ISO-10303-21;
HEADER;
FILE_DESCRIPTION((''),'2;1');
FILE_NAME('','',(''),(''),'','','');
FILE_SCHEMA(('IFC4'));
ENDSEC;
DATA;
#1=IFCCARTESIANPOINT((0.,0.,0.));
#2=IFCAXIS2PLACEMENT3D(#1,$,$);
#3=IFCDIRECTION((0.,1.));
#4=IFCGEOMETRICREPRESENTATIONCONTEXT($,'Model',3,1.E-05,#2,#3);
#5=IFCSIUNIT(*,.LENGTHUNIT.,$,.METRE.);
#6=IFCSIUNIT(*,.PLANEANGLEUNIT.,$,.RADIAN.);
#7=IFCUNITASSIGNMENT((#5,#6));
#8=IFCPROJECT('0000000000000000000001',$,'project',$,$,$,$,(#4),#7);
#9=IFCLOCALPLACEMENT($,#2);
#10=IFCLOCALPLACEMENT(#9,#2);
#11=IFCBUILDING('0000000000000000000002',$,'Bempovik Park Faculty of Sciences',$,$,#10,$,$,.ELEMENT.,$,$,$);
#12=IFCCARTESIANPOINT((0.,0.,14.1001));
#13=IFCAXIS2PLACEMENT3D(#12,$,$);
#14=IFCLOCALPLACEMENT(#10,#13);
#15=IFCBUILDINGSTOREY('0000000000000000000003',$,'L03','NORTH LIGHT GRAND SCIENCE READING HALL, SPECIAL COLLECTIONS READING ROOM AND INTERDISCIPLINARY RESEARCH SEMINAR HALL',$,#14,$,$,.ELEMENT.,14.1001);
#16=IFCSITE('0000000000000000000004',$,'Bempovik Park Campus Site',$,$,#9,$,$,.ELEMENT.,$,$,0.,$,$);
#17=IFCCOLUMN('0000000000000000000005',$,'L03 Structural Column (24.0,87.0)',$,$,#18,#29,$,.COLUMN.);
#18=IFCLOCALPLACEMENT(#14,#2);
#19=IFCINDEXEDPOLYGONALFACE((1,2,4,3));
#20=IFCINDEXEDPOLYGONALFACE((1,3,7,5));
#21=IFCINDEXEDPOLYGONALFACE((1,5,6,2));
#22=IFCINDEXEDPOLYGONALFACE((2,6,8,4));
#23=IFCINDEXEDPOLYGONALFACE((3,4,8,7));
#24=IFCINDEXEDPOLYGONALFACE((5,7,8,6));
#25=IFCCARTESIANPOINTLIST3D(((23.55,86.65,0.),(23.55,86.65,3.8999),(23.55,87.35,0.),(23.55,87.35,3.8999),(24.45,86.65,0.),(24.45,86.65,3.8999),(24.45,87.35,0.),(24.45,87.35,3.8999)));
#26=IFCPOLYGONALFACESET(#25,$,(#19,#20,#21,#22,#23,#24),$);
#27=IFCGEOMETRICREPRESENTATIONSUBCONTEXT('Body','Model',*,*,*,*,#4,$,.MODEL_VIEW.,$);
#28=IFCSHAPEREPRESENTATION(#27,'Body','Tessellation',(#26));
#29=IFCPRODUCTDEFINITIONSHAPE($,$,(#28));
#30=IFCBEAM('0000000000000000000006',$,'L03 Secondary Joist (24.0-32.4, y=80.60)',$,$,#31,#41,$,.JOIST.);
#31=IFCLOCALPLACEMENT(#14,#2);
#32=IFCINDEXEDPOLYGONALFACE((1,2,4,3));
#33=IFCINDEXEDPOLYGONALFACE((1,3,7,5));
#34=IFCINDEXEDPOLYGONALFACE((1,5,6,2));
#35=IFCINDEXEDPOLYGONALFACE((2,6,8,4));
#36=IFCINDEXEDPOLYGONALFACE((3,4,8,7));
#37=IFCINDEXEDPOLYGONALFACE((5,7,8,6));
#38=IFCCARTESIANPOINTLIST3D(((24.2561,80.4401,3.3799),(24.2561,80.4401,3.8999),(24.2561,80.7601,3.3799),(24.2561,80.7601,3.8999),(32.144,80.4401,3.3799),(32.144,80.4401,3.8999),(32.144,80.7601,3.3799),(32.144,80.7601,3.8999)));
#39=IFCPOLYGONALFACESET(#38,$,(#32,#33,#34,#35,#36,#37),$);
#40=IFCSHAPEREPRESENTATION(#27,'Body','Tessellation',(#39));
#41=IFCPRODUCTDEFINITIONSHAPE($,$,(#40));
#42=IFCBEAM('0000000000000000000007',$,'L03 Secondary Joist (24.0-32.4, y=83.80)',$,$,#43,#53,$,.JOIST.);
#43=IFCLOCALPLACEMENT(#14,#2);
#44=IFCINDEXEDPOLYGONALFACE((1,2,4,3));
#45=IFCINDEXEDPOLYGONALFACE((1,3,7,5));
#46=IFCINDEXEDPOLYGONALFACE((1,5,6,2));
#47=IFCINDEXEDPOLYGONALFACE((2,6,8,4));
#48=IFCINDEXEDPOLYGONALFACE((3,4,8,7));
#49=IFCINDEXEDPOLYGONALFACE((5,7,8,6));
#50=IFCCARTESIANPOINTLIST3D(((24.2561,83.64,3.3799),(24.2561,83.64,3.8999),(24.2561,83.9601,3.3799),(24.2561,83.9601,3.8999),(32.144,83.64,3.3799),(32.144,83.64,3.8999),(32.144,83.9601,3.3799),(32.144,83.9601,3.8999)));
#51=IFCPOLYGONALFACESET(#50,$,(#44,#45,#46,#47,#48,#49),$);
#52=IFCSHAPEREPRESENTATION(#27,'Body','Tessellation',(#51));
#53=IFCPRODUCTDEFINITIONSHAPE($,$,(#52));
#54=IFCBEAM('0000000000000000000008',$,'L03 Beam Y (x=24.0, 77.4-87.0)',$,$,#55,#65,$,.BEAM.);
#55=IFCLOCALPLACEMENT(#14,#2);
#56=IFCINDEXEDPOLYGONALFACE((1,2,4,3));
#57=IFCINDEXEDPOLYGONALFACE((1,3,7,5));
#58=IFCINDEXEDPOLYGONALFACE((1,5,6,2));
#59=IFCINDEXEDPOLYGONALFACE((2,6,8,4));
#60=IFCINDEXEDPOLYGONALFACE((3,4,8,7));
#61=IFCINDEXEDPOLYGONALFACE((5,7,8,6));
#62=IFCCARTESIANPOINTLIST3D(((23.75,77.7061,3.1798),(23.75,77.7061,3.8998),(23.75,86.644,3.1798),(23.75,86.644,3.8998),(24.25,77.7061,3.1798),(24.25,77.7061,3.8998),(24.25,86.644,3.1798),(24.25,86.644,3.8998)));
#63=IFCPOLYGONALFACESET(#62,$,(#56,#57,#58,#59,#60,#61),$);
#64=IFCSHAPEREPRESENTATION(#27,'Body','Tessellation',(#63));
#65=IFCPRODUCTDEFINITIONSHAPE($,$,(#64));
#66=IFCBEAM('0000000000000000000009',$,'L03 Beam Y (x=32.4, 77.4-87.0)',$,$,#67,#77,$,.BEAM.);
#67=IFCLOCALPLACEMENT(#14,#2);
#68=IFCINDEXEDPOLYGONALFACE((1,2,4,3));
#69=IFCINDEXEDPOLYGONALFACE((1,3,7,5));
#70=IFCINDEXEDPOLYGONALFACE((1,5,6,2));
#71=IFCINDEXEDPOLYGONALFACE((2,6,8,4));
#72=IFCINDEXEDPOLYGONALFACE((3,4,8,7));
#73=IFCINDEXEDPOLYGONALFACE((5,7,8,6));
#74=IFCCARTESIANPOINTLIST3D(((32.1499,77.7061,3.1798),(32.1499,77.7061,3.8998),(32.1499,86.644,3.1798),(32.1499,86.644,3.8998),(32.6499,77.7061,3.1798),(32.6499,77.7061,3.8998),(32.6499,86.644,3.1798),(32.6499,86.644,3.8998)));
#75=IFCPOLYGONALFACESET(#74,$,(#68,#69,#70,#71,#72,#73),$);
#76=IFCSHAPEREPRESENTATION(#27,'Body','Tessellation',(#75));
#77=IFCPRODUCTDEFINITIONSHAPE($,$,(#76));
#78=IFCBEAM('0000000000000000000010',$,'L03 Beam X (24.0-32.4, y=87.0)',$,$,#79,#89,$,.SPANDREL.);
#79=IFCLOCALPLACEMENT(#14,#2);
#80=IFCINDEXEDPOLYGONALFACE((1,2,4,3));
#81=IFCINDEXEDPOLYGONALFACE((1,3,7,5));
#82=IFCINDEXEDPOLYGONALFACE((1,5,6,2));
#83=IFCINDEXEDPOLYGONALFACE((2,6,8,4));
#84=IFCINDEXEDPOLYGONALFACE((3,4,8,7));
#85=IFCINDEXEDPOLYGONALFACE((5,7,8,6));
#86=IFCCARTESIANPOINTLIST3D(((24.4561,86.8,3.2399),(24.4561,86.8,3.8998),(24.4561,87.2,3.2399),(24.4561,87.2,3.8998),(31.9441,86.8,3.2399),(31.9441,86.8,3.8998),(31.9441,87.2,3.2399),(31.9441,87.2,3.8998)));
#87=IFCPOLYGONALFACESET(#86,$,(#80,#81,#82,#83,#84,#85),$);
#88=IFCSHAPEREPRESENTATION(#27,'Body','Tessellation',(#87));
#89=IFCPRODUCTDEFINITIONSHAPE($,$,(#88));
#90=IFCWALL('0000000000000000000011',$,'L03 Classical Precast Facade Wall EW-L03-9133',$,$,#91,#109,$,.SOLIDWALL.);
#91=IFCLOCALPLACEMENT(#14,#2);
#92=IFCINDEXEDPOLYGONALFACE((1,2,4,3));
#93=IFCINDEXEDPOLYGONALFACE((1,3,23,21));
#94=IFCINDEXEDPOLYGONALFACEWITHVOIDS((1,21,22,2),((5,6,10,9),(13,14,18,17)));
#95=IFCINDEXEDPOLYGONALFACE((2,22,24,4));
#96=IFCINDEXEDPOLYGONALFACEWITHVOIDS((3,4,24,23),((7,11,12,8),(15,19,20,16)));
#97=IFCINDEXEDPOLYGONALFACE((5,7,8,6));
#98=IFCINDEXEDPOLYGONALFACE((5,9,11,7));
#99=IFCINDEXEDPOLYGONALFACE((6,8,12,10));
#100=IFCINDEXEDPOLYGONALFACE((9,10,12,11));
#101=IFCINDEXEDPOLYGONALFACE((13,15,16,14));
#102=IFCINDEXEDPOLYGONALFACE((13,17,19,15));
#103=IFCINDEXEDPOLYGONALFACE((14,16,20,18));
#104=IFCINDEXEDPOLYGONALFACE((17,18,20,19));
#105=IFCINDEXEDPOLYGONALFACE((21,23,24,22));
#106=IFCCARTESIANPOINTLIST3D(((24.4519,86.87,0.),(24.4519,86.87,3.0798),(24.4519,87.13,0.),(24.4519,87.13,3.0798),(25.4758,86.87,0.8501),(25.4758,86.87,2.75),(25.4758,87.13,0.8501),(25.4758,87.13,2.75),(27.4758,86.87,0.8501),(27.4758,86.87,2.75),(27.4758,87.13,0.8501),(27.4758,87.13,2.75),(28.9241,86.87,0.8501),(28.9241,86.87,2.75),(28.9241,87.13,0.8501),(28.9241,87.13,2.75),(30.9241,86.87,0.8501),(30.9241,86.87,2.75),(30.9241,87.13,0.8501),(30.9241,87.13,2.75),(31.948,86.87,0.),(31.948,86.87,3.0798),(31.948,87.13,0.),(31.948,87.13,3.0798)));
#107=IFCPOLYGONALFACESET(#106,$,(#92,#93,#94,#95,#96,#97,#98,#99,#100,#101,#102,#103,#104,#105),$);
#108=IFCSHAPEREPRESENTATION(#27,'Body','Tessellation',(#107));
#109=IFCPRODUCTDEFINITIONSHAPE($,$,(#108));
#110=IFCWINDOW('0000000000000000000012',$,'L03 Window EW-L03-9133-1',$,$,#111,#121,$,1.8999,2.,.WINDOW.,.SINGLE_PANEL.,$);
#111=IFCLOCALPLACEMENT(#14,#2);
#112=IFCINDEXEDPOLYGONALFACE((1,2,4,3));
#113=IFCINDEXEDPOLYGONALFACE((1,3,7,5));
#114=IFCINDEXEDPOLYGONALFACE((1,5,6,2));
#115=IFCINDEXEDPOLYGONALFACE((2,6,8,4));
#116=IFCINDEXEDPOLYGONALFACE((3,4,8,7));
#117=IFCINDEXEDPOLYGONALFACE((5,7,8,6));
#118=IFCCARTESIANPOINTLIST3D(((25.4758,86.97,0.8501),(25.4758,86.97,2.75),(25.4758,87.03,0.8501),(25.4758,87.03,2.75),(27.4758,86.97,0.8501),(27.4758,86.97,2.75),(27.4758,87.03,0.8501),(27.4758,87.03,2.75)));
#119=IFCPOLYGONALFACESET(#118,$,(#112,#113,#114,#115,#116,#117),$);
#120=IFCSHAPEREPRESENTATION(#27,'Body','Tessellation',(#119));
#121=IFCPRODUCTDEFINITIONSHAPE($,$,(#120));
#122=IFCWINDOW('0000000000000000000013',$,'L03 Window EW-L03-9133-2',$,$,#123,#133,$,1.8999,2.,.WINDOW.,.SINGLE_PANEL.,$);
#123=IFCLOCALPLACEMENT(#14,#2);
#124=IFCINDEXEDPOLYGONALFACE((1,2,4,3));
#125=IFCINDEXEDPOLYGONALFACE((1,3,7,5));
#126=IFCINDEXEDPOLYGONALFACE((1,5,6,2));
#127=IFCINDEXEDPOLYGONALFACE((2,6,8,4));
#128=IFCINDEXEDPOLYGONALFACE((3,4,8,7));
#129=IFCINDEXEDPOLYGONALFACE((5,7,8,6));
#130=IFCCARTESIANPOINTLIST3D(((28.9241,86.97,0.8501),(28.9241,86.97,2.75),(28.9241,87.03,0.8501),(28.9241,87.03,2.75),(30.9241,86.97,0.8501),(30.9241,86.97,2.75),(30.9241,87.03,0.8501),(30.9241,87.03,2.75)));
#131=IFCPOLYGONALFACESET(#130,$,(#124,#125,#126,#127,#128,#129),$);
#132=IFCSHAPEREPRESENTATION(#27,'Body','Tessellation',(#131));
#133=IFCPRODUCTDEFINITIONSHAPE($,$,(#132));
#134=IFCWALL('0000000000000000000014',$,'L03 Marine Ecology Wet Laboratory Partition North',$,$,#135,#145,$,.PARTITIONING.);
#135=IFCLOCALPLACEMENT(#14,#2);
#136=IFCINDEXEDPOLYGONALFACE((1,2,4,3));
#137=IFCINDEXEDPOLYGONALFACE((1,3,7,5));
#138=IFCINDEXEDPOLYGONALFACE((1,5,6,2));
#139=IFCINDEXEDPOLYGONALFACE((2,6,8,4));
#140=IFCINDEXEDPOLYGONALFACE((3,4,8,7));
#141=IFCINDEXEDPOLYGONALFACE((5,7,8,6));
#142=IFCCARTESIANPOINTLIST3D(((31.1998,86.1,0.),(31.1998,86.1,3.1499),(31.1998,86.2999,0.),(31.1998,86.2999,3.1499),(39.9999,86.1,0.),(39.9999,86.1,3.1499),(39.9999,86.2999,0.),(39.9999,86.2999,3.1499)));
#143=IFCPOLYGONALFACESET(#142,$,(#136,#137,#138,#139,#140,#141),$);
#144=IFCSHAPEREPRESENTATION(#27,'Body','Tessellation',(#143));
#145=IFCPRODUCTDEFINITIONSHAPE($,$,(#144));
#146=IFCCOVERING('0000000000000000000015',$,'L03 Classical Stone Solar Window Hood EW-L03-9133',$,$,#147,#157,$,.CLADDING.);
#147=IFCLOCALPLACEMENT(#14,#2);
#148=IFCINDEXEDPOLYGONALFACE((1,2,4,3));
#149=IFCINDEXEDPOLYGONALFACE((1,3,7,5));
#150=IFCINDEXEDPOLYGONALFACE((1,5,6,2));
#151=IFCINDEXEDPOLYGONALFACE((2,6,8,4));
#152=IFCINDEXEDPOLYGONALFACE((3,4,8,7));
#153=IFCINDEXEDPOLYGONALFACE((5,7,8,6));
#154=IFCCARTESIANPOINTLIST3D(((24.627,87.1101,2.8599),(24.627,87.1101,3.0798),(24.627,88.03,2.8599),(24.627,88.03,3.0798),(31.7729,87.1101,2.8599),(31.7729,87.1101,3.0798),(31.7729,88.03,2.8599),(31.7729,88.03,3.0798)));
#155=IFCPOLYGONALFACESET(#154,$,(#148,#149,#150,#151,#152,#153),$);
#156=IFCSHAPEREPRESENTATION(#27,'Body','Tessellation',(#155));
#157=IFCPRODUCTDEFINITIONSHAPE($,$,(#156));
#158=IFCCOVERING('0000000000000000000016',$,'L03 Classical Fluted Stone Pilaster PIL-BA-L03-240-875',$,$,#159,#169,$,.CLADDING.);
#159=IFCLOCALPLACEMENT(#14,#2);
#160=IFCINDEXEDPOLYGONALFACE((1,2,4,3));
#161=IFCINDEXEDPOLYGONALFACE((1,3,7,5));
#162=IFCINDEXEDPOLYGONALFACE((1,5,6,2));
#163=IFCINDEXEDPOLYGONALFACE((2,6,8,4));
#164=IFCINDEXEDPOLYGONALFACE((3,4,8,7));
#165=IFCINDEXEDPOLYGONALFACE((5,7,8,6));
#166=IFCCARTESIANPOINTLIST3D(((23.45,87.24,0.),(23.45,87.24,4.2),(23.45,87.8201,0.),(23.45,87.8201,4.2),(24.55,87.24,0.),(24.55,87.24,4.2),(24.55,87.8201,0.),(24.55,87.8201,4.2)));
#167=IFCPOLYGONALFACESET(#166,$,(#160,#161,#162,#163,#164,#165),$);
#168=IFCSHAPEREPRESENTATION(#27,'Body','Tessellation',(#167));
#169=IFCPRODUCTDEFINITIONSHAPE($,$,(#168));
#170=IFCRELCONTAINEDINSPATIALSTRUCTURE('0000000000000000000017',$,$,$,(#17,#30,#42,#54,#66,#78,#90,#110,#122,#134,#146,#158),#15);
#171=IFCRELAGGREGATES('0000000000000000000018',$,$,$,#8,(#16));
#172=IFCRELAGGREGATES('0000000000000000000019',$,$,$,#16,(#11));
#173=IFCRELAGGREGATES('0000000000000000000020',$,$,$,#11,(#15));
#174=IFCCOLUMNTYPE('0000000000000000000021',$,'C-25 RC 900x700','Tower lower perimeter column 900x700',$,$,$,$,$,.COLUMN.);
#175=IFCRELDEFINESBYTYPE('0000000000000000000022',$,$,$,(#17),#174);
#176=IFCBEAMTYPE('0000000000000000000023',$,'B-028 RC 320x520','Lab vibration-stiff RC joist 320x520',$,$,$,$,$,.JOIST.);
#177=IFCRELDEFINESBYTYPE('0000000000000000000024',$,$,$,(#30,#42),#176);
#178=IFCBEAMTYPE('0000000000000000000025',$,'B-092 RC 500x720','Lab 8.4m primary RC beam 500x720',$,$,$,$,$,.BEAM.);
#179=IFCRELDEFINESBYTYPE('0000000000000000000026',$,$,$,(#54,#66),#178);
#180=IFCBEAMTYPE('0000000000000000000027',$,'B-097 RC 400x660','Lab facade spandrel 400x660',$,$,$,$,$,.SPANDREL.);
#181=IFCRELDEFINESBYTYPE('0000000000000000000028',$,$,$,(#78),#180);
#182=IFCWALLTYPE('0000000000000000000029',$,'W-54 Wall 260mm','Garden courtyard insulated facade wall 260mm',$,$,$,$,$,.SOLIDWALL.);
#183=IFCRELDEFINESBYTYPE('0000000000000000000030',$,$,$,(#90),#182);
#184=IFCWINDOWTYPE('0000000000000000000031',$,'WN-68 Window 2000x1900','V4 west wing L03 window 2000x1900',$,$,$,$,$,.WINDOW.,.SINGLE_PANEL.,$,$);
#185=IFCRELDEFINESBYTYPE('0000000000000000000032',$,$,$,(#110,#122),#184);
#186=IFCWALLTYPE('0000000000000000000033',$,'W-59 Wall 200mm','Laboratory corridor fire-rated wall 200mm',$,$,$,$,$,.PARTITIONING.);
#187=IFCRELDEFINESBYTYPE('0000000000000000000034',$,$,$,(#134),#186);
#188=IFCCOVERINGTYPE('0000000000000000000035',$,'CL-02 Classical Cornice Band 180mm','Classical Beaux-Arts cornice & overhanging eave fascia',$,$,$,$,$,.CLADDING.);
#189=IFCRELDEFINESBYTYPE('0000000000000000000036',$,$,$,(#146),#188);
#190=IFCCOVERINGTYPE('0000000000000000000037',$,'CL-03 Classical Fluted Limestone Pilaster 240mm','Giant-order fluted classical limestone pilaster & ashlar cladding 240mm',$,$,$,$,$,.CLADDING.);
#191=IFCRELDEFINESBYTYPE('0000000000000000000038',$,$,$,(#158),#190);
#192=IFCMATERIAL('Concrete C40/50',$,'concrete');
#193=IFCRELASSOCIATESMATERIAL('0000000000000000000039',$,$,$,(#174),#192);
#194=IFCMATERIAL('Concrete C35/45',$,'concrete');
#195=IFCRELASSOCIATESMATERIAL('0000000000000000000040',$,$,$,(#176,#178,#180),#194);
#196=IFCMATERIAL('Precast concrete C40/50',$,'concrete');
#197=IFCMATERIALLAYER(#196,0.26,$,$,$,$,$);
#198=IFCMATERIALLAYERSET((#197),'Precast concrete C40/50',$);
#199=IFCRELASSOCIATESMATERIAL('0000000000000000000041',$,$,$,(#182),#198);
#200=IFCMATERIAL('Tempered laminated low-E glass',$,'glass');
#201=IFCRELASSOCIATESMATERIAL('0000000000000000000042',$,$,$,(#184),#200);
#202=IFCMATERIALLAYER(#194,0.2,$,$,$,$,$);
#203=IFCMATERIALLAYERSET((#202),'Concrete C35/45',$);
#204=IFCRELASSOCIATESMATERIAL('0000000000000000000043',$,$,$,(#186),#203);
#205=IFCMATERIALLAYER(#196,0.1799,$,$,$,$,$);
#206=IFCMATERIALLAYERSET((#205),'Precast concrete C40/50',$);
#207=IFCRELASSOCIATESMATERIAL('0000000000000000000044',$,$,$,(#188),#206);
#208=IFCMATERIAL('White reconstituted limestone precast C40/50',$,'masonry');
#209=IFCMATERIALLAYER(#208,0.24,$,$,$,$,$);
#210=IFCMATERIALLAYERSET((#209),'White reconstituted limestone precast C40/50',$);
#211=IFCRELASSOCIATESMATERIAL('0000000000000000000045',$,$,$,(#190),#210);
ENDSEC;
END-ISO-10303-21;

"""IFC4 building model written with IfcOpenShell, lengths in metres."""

from ifc_helpers import new_model, si_unit, direction, frame, frame_2d, origin, origin_2d, place, context, subcontext, project, spatial, rectangle, extrude, material, layer, layer_set, material_profile, profile_set, type_object, element, fill, save


model = new_model("IFC4")

# Units and contexts
model_context = context("Model", 3, precision=1e-05, world=origin(), true_north=direction((0.0, 1.0)))
body_context = subcontext(model_context, "Body", "Model", "MODEL_VIEW")
ifc_project = project(units=[si_unit("LENGTHUNIT", "METRE"), si_unit("PLANEANGLEUNIT", "RADIAN")], contexts=[model_context])

# Site, building, storey
site_placement = place(None, origin())
site = spatial("IfcSite", under=ifc_project, at=site_placement, Name="Bempovik Park Campus Site", CompositionType="ELEMENT", RefElevation=0.0)
building_placement = place(site_placement, origin())
building = spatial("IfcBuilding", under=site, at=building_placement, Name="Bempovik Park Faculty of Sciences", CompositionType="ELEMENT")
storey_placement = place(building_placement, frame((0.0, 0.0, 14.1001)))
storey = spatial("IfcBuildingStorey", under=building, at=storey_placement, Name="L03", Description="NORTH LIGHT GRAND SCIENCE READING HALL, SPECIAL COLLECTIONS READING ROOM AND INTERDISCIPLINARY RESEARCH SEMINAR HALL", CompositionType="ELEMENT", Elevation=14.1001)

# Column
ifc_material_1 = material(Name="Concrete C40/50", Category="concrete")
ifc_material_profile_1 = material_profile(ifc_material_1, rectangle(XDim=0.8999, YDim=0.7, at=origin_2d()), Name="RC 900x700")
ifc_profile_set_1 = profile_set([ifc_material_profile_1], Name="Concrete C40/50")
column_type = type_object("IfcColumnType", Name="C-25 RC 900x700", Description="Tower lower perimeter column 900x700", PredefinedType="COLUMN", material=ifc_profile_set_1)
column_placement = place(storey_placement, frame((24.0, 87.0, 0.0), z_axis=(0.0, 0.0, 1.0), x_axis=(1.0, 0.0, 0.0)))
element("IfcColumn", 1, at=column_placement, inside=storey, type_object=column_type, Name="L03 Structural Column (24.0,87.0)", PredefinedType="COLUMN", context=body_context, shape_type="SweptSolid", body=[
    extrude(rectangle(XDim=0.8999, YDim=0.7, at=origin_2d()), origin(), (0.0, 0.0, 1.0), 3.8999),
])

# Beams
ifc_material_2 = material(Name="Concrete C35/45", Category="concrete")
ifc_material_profile_2 = material_profile(ifc_material_2, rectangle(XDim=0.3201, YDim=0.52, at=origin_2d()), Name="RC 320x520")
ifc_profile_set_2 = profile_set([ifc_material_profile_2], Name="Concrete C35/45")
beam_type_1 = type_object("IfcBeamType", Name="B-028 RC 320x520", Description="Lab vibration-stiff RC joist 320x520", PredefinedType="JOIST", material=ifc_profile_set_2)
for number, where, z_axis, x_axis, name in (
    (2, (24.2561, 80.6001, 3.6399), (1.0, 0.0, 0.0), (0.0, 1.0, 0.0), "L03 Secondary Joist (24.0-32.4, y=80.60)"),
    (3, (24.2561, 83.8, 3.6399), (1.0, 0.0, 0.0), (0.0, 1.0, 0.0), "L03 Secondary Joist (24.0-32.4, y=83.80)"),
):
    element("IfcBeam", number, at=place(storey_placement, frame(where, z_axis=z_axis, x_axis=x_axis)), inside=storey, type_object=beam_type_1, Name=name, PredefinedType="JOIST", context=body_context, shape_type="SweptSolid", body=[
        extrude(rectangle(XDim=0.3201, YDim=0.52, at=origin_2d()), origin(), (0.0, 0.0, 1.0), 7.8879),
    ])
ifc_material_profile_3 = material_profile(ifc_material_2, rectangle(XDim=0.5, YDim=0.72, at=origin_2d()), Name="RC 500x720")
ifc_profile_set_3 = profile_set([ifc_material_profile_3], Name="Concrete C35/45")
beam_type_2 = type_object("IfcBeamType", Name="B-092 RC 500x720", Description="Lab 8.4m primary RC beam 500x720", PredefinedType="BEAM", material=ifc_profile_set_3)
for number, where, z_axis, x_axis, name in (
    (4, (24.0, 77.7061, 3.5398), (0.0, 1.0, 0.0), (-1.0, 0.0, 0.0), "L03 Beam Y (x=24.0, 77.4-87.0)"),
    (5, (32.3999, 77.7061, 3.5398), (0.0, 1.0, 0.0), (-1.0, 0.0, 0.0), "L03 Beam Y (x=32.4, 77.4-87.0)"),
):
    element("IfcBeam", number, at=place(storey_placement, frame(where, z_axis=z_axis, x_axis=x_axis)), inside=storey, type_object=beam_type_2, Name=name, PredefinedType="BEAM", context=body_context, shape_type="SweptSolid", body=[
        extrude(rectangle(XDim=0.5, YDim=0.72, at=origin_2d()), origin(), (0.0, 0.0, 1.0), 8.938),
    ])
ifc_material_profile_4 = material_profile(ifc_material_2, rectangle(XDim=0.3999, YDim=0.6599, at=origin_2d()), Name="RC 400x660")
ifc_profile_set_4 = profile_set([ifc_material_profile_4], Name="Concrete C35/45")
beam_type_3 = type_object("IfcBeamType", Name="B-097 RC 400x660", Description="Lab facade spandrel 400x660", PredefinedType="SPANDREL", material=ifc_profile_set_4)
beam_placement = place(storey_placement, frame((24.4561, 87.0, 3.5698), z_axis=(1.0, 0.0, 0.0), x_axis=(0.0, 1.0, 0.0)))
element("IfcBeam", 6, at=beam_placement, inside=storey, type_object=beam_type_3, Name="L03 Beam X (24.0-32.4, y=87.0)", PredefinedType="SPANDREL", context=body_context, shape_type="SweptSolid", body=[
    extrude(rectangle(XDim=0.3999, YDim=0.6599, at=origin_2d()), origin(), (0.0, 0.0, 1.0), 7.488),
])

# Wall, openings, windows
ifc_material_3 = material(Name="Precast concrete C40/50", Category="concrete")
ifc_layer_1 = layer(ifc_material_3, 0.26)
ifc_layer_set_1 = layer_set([ifc_layer_1], Name="Precast concrete C40/50")
wall_type_1 = type_object("IfcWallType", Name="W-54 Wall 260mm", Description="Garden courtyard insulated facade wall 260mm", PredefinedType="SOLIDWALL", material=ifc_layer_set_1)
wall_1_placement = place(storey_placement, frame((24.4519, 87.0, 0.0), z_axis=(0.0, 0.0, 1.0), x_axis=(1.0, 0.0, 0.0)))
wall_1 = element("IfcWall", 7, at=wall_1_placement, inside=storey, type_object=wall_type_1, Name="L03 Classical Precast Facade Wall EW-L03-9133", PredefinedType="SOLIDWALL", context=body_context, shape_type="SweptSolid", body=[
    extrude(rectangle(XDim=7.4961, YDim=0.26, at=frame_2d((3.748, 0.0))), origin(), (0.0, 0.0, 1.0), 3.0798),
])
opening_1_placement = place(wall_1_placement, frame((1.0239, 0.0, 0.8501)))
opening_1 = element("IfcOpeningElement", 8, at=opening_1_placement, cuts=wall_1, PredefinedType="OPENING", context=body_context, shape_type="SweptSolid", body=[
    extrude(rectangle(XDim=2.0, YDim=1.8999, at=frame_2d((1.0, 0.95))), frame((0.0, 0.1401, 0.0), z_axis=(0.0, -1.0, 0.0), x_axis=(1.0, 0.0, 0.0)), (0.0, 0.0, 1.0), 0.28),
])
opening_2_placement = place(wall_1_placement, frame((4.4722, 0.0, 0.8501)))
opening_2 = element("IfcOpeningElement", 9, at=opening_2_placement, cuts=wall_1, PredefinedType="OPENING", context=body_context, shape_type="SweptSolid", body=[
    extrude(rectangle(XDim=2.0, YDim=1.8999, at=frame_2d((1.0, 0.95))), frame((0.0, 0.1401, 0.0), z_axis=(0.0, -1.0, 0.0), x_axis=(1.0, 0.0, 0.0)), (0.0, 0.0, 1.0), 0.28),
])
ifc_material_4 = material(Name="Tempered laminated low-E glass", Category="glass")
window_type = type_object("IfcWindowType", Name="WN-68 Window 2000x1900", Description="V4 west wing L03 window 2000x1900", PartitioningType="SINGLE_PANEL", PredefinedType="WINDOW", material=ifc_material_4)
window_1_placement = place(opening_1_placement, origin())
window_1 = element("IfcWindow", 10, at=window_1_placement, inside=storey, type_object=window_type, Name="L03 Window EW-L03-9133-1", OverallHeight=1.8999, OverallWidth=2.0, PartitioningType="SINGLE_PANEL", PredefinedType="WINDOW", context=body_context, shape_type="SweptSolid", body=[
    extrude(rectangle(XDim=2.0, YDim=1.8999, at=frame_2d((1.0, 0.95))), frame((0.0, 0.03, 0.0), z_axis=(0.0, -1.0, 0.0), x_axis=(1.0, 0.0, 0.0)), (0.0, 0.0, 1.0), 0.0601),
])
fill(opening_1, window_1)
window_2_placement = place(opening_2_placement, origin())
window_2 = element("IfcWindow", 11, at=window_2_placement, inside=storey, type_object=window_type, Name="L03 Window EW-L03-9133-2", OverallHeight=1.8999, OverallWidth=2.0, PartitioningType="SINGLE_PANEL", PredefinedType="WINDOW", context=body_context, shape_type="SweptSolid", body=[
    extrude(rectangle(XDim=2.0, YDim=1.8999, at=frame_2d((1.0, 0.95))), frame((0.0, 0.03, 0.0), z_axis=(0.0, -1.0, 0.0), x_axis=(1.0, 0.0, 0.0)), (0.0, 0.0, 1.0), 0.0601),
])
fill(opening_2, window_2)

# Wall
ifc_layer_2 = layer(ifc_material_2, 0.2)
ifc_layer_set_2 = layer_set([ifc_layer_2], Name="Concrete C35/45")
wall_type_2 = type_object("IfcWallType", Name="W-59 Wall 200mm", Description="Laboratory corridor fire-rated wall 200mm", PredefinedType="PARTITIONING", material=ifc_layer_set_2)
wall_2_placement = place(storey_placement, frame((31.2, 86.2, 0.0), z_axis=(0.0, 0.0, 1.0), x_axis=(1.0, 0.0, 0.0)))
element("IfcWall", 12, at=wall_2_placement, inside=storey, type_object=wall_type_2, Name="L03 Marine Ecology Wet Laboratory Partition North", PredefinedType="PARTITIONING", context=body_context, shape_type="SweptSolid", body=[
    extrude(rectangle(XDim=8.8, YDim=0.2, at=frame_2d((4.3999, 0.0))), origin(), (0.0, 0.0, 1.0), 3.1499),
])

# Coverings
ifc_layer_3 = layer(ifc_material_3, 0.1799)
ifc_layer_set_3 = layer_set([ifc_layer_3], Name="Precast concrete C40/50")
covering_type_1 = type_object("IfcCoveringType", Name="CL-02 Classical Cornice Band 180mm", Description="Classical Beaux-Arts cornice & overhanging eave fascia", PredefinedType="CLADDING", material=ifc_layer_set_3)
covering_1_placement = place(storey_placement, frame((28.2, 87.5701, 2.8599), z_axis=(0.0, 0.0, 1.0), x_axis=(1.0, 0.0, 0.0)))
element("IfcCovering", 13, at=covering_1_placement, inside=storey, type_object=covering_type_1, Name="L03 Classical Stone Solar Window Hood EW-L03-9133", PredefinedType="CLADDING", context=body_context, shape_type="SweptSolid", body=[
    extrude(rectangle(XDim=7.146, YDim=0.9199, at=origin_2d()), origin(), (0.0, 0.0, 1.0), 0.22),
])
ifc_material_5 = material(Name="White reconstituted limestone precast C40/50", Category="masonry")
ifc_layer_4 = layer(ifc_material_5, 0.24)
ifc_layer_set_4 = layer_set([ifc_layer_4], Name="White reconstituted limestone precast C40/50")
covering_type_2 = type_object("IfcCoveringType", Name="CL-03 Classical Fluted Limestone Pilaster 240mm", Description="Giant-order fluted classical limestone pilaster & ashlar cladding 240mm", PredefinedType="CLADDING", material=ifc_layer_set_4)
covering_2_placement = place(storey_placement, frame((24.0, 87.53, 0.0), z_axis=(0.0, 0.0, 1.0), x_axis=(1.0, 0.0, 0.0)))
element("IfcCovering", 14, at=covering_2_placement, inside=storey, type_object=covering_type_2, Name="L03 Classical Fluted Stone Pilaster PIL-BA-L03-240-875", PredefinedType="CLADDING", context=body_context, shape_type="SweptSolid", body=[
    extrude(rectangle(XDim=1.1001, YDim=0.5801, at=origin_2d()), origin(), (0.0, 0.0, 1.0), 4.2),
])

save(model, "model.ifc")
